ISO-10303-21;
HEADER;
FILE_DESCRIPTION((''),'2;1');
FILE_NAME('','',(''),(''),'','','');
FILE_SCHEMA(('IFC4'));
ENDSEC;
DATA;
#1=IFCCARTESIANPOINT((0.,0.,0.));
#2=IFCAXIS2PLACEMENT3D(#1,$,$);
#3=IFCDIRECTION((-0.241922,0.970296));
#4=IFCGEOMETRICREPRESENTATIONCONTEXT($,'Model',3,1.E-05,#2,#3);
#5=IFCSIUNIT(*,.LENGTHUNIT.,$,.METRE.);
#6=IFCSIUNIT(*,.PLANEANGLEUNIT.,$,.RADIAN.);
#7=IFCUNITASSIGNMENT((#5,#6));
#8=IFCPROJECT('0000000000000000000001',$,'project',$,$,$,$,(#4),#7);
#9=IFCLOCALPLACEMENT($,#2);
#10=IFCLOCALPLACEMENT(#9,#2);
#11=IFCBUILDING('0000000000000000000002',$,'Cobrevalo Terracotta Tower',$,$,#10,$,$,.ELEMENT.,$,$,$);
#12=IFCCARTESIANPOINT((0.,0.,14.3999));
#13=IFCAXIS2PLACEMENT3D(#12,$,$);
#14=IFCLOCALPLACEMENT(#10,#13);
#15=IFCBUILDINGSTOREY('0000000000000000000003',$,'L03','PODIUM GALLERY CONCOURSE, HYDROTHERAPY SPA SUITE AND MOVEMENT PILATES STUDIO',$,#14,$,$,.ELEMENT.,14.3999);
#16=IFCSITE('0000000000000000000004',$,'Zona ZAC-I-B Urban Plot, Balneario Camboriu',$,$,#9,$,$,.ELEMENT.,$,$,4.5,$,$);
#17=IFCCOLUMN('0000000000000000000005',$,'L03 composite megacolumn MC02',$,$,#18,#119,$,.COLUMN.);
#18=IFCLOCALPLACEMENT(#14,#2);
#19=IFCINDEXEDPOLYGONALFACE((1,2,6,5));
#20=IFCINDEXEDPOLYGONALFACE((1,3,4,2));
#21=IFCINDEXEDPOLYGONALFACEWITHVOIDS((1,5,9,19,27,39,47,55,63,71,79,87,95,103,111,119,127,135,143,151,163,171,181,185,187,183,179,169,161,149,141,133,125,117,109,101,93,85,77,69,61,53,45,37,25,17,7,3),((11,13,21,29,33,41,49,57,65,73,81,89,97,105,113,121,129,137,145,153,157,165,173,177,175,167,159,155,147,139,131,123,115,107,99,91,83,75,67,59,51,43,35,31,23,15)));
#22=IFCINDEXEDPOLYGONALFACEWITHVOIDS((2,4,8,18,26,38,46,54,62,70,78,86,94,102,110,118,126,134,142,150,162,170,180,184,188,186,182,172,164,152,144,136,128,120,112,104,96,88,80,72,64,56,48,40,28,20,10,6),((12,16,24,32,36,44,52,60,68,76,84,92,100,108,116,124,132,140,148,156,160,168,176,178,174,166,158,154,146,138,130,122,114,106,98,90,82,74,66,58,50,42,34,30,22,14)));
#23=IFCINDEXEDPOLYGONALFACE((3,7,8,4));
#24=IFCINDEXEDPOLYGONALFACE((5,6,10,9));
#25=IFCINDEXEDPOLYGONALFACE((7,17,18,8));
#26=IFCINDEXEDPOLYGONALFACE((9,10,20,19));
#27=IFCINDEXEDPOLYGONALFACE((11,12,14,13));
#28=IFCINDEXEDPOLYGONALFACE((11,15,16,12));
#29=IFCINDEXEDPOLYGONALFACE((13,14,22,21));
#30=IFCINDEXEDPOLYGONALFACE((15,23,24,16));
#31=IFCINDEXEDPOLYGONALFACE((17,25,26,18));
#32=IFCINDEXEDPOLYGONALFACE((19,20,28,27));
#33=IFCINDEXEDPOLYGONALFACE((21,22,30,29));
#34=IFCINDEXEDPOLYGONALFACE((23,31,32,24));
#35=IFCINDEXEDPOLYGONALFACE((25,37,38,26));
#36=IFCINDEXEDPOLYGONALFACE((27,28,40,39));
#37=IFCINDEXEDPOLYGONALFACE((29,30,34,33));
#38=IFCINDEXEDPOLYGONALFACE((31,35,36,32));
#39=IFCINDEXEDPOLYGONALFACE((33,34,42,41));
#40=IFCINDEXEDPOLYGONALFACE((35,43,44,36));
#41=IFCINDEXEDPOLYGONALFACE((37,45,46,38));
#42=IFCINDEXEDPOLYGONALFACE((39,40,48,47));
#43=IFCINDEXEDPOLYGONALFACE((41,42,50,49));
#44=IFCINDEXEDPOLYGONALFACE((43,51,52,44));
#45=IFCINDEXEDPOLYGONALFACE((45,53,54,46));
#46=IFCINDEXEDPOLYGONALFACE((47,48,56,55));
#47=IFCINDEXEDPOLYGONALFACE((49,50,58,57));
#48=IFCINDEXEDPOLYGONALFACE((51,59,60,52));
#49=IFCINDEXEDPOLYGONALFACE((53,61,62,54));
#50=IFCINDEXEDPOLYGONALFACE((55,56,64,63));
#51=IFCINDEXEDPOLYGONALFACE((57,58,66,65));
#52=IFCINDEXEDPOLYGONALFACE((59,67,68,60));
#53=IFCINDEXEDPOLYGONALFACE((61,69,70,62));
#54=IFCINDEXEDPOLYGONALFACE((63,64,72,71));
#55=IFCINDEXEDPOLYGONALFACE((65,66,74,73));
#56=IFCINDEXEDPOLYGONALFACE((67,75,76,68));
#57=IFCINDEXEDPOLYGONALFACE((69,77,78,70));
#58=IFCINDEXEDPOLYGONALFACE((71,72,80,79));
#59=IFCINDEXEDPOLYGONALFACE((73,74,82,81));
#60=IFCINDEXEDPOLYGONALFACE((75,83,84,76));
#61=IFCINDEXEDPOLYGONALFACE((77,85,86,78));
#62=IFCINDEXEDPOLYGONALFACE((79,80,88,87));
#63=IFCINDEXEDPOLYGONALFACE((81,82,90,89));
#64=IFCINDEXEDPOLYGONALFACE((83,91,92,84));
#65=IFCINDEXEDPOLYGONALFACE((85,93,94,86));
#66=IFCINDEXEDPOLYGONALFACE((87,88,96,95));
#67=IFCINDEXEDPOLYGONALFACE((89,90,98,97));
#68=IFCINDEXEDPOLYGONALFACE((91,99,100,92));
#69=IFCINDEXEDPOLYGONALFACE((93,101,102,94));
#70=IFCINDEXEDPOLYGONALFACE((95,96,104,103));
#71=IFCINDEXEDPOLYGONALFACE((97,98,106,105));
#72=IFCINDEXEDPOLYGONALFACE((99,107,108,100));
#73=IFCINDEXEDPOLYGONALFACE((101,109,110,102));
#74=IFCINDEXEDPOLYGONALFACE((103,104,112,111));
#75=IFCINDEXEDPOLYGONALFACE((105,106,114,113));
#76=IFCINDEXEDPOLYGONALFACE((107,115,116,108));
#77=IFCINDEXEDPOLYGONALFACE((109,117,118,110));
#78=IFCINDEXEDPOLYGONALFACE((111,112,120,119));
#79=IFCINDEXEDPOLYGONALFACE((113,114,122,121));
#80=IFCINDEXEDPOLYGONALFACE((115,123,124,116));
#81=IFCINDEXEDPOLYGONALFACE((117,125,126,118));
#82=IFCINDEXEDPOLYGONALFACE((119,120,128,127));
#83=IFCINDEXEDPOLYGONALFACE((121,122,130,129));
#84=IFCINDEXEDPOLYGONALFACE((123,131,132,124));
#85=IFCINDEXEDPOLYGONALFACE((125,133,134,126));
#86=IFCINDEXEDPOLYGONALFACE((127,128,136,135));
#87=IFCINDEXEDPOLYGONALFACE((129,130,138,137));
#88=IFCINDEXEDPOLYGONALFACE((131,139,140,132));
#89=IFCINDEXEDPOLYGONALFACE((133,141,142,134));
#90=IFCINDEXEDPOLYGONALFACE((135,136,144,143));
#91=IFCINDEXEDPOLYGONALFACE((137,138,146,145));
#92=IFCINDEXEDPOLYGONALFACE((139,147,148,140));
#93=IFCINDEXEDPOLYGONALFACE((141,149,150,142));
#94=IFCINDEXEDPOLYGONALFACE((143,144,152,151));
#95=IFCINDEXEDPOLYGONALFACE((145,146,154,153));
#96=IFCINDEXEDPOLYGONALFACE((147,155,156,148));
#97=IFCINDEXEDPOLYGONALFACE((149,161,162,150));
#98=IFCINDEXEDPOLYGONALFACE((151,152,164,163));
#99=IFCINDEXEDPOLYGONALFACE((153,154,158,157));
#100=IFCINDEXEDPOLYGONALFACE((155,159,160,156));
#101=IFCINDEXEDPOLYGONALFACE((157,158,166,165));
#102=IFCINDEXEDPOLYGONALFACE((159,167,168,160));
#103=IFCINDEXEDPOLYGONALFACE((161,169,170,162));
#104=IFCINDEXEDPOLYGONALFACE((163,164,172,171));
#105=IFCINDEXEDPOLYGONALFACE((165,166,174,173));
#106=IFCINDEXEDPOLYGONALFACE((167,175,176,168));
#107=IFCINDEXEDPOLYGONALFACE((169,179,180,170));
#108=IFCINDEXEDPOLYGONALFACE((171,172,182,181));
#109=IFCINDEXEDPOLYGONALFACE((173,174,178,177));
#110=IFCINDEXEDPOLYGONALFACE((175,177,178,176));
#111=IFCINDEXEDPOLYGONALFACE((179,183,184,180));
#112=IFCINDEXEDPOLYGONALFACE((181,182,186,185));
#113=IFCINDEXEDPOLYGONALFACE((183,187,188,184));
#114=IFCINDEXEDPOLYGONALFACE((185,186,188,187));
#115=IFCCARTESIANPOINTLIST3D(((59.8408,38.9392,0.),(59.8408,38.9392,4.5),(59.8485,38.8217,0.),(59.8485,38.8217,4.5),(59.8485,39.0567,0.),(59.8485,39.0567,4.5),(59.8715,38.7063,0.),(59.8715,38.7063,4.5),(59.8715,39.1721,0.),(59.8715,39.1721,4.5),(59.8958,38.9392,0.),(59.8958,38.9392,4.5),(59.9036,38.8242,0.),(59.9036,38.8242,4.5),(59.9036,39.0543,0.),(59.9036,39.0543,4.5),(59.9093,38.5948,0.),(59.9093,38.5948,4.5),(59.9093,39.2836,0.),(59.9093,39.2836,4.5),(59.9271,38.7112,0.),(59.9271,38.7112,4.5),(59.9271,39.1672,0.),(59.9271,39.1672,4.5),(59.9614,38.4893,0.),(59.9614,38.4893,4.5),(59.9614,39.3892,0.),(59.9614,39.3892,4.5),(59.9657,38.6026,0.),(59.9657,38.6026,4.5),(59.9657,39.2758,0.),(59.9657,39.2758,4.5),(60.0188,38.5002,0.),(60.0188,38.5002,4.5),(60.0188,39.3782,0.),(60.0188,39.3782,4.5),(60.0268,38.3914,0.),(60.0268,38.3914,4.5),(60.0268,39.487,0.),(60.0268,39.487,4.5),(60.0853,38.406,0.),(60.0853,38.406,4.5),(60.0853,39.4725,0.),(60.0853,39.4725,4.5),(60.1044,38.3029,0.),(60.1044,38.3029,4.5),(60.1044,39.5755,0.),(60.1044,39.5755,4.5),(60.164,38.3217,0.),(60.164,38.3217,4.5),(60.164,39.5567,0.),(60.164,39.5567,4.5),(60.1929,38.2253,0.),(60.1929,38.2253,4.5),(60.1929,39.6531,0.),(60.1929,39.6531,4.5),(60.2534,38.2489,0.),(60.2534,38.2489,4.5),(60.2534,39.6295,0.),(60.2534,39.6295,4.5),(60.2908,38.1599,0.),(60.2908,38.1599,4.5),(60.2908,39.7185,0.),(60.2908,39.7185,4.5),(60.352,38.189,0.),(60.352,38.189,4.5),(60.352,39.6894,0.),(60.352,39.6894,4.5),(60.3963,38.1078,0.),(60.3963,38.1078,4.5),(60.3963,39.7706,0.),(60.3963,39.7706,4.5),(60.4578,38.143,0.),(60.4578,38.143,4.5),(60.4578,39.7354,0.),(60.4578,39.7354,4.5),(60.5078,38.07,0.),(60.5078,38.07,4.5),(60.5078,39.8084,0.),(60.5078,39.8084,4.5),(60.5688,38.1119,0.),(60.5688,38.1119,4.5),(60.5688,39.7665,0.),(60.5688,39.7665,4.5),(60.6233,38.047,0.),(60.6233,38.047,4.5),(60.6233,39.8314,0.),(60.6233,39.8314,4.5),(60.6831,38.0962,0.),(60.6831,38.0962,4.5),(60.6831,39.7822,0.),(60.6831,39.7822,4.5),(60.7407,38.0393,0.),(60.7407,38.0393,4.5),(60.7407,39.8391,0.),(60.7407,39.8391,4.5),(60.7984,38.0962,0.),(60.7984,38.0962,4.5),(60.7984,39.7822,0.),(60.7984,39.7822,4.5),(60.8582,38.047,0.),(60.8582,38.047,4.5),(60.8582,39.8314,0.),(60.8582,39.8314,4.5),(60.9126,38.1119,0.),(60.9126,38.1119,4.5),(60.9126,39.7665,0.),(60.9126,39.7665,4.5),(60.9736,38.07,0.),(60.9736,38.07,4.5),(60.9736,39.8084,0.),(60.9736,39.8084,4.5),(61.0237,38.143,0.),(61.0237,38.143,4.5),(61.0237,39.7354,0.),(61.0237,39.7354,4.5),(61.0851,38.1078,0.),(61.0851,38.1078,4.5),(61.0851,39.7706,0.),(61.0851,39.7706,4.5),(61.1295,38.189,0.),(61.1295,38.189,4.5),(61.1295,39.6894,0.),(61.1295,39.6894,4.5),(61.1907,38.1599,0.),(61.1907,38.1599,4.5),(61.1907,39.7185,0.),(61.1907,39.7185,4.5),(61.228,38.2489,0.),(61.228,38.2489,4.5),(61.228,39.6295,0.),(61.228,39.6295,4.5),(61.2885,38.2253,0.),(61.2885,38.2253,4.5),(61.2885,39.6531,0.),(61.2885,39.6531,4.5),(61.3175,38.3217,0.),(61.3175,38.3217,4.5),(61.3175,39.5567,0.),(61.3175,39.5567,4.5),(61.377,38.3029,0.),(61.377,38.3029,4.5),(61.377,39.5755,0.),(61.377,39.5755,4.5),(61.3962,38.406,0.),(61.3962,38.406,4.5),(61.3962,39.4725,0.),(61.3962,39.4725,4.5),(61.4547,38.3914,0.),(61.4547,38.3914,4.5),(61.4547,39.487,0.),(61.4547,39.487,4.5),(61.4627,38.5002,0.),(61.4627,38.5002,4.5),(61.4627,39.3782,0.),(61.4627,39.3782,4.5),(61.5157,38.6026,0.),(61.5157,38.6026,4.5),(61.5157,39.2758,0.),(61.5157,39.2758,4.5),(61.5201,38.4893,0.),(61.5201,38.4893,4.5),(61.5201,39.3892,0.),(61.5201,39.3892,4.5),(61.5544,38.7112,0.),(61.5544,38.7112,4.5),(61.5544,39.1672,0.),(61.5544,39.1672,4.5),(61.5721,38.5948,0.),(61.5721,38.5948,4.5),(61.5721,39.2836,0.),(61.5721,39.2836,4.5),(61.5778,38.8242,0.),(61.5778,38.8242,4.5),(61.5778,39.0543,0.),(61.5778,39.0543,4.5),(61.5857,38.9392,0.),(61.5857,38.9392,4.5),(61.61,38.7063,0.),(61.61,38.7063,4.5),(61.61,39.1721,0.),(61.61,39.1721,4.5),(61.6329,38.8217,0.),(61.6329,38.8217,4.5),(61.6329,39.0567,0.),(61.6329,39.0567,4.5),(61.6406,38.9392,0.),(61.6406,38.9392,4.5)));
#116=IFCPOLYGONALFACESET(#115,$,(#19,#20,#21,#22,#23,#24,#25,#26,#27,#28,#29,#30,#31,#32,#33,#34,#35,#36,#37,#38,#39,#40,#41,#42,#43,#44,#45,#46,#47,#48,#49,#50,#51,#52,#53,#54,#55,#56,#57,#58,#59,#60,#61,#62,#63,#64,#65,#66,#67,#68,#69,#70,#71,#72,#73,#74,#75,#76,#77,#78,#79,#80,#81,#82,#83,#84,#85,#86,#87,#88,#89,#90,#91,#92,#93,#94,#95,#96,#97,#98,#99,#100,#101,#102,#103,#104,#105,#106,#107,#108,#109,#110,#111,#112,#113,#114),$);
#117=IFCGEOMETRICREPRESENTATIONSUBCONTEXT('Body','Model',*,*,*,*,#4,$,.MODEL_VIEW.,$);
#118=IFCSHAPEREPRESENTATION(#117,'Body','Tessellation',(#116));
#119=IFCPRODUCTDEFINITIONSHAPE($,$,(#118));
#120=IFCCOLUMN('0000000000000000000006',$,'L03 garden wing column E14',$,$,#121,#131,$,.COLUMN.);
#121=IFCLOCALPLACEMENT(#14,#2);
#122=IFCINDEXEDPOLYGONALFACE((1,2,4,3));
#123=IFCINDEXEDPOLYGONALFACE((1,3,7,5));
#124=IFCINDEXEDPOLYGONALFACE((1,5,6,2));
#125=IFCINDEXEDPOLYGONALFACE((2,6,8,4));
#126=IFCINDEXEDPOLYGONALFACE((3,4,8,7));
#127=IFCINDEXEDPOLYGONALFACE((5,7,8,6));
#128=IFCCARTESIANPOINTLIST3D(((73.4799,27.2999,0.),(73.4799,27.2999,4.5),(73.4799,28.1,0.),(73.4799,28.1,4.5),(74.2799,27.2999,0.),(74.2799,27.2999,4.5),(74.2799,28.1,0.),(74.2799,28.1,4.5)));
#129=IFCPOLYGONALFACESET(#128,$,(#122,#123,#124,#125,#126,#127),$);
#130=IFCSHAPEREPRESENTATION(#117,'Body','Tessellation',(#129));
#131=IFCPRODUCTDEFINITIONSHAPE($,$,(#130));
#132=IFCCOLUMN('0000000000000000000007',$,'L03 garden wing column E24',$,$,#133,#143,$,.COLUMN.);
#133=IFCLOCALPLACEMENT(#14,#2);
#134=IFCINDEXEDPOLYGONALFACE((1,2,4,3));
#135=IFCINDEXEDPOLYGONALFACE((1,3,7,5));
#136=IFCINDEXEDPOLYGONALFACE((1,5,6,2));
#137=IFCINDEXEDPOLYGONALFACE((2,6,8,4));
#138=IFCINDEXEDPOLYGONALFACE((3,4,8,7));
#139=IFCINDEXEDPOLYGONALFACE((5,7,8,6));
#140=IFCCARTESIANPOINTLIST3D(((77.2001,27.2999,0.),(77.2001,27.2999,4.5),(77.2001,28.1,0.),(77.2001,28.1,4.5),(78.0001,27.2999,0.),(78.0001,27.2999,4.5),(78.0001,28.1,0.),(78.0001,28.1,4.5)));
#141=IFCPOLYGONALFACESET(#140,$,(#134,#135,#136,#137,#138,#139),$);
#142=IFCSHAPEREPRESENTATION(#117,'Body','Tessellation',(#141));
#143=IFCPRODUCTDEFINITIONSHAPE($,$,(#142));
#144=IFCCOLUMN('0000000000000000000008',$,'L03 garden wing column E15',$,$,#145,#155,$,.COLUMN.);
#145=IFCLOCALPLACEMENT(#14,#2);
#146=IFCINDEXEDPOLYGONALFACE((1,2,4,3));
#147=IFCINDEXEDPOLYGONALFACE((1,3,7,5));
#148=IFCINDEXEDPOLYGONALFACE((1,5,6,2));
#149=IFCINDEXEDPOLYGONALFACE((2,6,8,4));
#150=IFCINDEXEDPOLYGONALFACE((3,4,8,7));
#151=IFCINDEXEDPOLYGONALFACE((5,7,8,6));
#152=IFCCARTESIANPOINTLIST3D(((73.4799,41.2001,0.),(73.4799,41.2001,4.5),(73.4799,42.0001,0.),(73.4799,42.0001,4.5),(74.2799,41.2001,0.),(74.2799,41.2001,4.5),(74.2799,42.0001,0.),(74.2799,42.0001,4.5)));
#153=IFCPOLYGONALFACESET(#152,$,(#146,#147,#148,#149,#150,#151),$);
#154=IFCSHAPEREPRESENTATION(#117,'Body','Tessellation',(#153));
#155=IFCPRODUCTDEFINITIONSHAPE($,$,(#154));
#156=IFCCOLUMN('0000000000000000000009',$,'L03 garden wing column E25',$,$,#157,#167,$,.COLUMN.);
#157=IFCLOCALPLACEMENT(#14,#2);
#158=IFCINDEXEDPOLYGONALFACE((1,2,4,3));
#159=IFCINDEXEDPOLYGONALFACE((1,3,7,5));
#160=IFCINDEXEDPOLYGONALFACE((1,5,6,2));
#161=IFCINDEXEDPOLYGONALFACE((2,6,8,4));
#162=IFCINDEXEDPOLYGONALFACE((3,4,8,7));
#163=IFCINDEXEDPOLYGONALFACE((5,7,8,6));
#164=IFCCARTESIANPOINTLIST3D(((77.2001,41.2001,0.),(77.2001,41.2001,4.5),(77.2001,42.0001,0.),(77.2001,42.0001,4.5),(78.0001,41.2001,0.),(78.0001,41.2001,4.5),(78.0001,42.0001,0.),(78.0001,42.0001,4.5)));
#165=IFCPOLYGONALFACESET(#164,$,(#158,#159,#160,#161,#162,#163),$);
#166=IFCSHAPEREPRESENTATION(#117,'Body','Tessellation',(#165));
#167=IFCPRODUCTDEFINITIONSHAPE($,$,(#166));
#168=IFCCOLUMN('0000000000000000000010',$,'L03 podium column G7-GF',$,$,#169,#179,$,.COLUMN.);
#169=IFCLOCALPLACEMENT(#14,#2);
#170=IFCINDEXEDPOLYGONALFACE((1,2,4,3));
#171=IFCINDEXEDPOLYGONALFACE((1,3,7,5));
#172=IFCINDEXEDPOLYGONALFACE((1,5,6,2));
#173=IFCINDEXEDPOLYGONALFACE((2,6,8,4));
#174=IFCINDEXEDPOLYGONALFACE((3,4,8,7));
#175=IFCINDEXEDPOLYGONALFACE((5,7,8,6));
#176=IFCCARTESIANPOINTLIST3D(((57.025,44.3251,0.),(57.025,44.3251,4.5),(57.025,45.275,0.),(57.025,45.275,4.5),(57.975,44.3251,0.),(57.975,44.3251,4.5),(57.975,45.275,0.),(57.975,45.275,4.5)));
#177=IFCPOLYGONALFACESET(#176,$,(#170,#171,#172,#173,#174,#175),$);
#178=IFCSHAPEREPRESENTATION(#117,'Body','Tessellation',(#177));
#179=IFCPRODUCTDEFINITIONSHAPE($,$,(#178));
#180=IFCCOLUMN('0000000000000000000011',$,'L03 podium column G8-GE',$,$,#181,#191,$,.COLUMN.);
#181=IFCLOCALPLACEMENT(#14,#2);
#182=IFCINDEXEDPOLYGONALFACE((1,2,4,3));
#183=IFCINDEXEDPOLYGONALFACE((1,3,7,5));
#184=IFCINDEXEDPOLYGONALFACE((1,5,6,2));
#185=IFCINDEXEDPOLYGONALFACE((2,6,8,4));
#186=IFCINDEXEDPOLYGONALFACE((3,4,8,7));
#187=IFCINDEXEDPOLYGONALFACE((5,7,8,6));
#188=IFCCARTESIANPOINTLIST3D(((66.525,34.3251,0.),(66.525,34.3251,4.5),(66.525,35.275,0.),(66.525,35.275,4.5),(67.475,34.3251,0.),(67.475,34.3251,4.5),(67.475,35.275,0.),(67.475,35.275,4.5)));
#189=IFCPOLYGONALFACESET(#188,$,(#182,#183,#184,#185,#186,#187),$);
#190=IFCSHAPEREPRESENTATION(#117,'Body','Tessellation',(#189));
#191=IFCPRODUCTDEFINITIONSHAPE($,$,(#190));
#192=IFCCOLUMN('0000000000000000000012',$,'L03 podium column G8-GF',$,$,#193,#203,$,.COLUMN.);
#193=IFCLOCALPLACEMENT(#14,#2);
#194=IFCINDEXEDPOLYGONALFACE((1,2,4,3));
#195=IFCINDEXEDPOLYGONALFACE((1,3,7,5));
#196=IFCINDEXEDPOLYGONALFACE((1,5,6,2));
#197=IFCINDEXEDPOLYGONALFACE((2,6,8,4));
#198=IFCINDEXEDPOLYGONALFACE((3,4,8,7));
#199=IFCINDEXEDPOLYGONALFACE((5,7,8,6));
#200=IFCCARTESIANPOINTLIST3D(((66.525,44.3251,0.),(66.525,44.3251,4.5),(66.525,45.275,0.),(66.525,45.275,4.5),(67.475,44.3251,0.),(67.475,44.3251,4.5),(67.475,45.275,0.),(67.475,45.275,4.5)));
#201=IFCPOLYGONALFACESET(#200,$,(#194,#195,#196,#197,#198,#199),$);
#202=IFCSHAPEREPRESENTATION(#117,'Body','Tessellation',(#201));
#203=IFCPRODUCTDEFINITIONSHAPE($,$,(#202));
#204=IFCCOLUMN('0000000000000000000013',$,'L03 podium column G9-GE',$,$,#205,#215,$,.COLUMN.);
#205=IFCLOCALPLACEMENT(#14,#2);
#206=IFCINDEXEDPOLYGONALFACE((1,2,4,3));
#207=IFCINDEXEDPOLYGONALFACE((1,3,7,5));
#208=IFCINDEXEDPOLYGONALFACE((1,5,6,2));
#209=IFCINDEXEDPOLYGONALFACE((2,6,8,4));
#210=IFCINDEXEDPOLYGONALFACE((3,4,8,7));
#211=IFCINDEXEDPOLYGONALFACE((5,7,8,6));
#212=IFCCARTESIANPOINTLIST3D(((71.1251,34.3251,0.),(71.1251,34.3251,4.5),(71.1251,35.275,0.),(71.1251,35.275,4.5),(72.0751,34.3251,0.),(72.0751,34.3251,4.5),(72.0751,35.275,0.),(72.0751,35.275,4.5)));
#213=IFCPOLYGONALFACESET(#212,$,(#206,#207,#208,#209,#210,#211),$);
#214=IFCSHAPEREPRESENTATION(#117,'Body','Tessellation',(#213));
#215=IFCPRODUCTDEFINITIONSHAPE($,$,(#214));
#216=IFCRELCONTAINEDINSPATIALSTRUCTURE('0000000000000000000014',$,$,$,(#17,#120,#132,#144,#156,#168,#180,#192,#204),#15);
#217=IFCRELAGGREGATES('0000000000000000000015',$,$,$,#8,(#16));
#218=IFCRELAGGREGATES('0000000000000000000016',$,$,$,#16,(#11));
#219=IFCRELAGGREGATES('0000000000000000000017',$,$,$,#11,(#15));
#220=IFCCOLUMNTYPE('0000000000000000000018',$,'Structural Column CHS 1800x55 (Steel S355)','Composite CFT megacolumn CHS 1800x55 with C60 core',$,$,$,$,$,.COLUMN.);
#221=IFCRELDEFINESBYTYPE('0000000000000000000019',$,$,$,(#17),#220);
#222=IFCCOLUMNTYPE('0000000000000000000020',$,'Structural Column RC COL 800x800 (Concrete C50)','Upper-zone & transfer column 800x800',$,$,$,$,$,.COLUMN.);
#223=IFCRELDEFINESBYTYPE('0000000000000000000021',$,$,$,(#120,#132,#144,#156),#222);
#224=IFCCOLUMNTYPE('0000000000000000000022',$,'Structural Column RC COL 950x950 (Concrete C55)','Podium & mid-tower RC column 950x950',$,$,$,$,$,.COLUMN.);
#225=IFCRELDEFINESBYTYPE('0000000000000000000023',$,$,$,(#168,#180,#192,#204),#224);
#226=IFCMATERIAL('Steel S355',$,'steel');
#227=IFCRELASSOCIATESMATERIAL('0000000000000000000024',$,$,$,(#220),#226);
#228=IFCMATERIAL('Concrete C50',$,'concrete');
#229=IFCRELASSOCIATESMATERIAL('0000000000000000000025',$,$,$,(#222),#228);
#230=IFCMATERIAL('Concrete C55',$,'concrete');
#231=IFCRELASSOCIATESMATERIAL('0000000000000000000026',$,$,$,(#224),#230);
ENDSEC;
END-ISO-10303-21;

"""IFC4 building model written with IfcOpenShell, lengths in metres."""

from ifc_helpers import new_model, si_unit, direction, frame, origin, origin_2d, place, context, subcontext, project, spatial, rectangle, hollow_circle, extrude, material, material_profile, profile_set, type_object, element, save


model = new_model("IFC4")

# Units and contexts
model_context = context("Model", 3, precision=1e-05, world=origin(), true_north=direction((-0.241922, 0.970296)))
body_context = subcontext(model_context, "Body", "Model", "MODEL_VIEW")
ifc_project = project(units=[si_unit("LENGTHUNIT", "METRE"), si_unit("PLANEANGLEUNIT", "RADIAN")], contexts=[model_context])

# Site, building, storey
site_placement = place(None, origin())
site = spatial("IfcSite", under=ifc_project, at=site_placement, Name="Zona ZAC-I-B Urban Plot, Balneario Camboriu", CompositionType="ELEMENT", RefElevation=4.5)
building_placement = place(site_placement, origin())
building = spatial("IfcBuilding", under=site, at=building_placement, Name="Cobrevalo Terracotta Tower", CompositionType="ELEMENT")
storey_placement = place(building_placement, frame((0.0, 0.0, 14.3999)))
storey = spatial("IfcBuildingStorey", under=building, at=storey_placement, Name="L03", Description="PODIUM GALLERY CONCOURSE, HYDROTHERAPY SPA SUITE AND MOVEMENT PILATES STUDIO", CompositionType="ELEMENT", Elevation=14.3999)

# Columns
ifc_material_1 = material(Name="Steel S355", Category="steel")
ifc_material_profile_1 = material_profile(ifc_material_1, hollow_circle(Radius=0.8999, WallThickness=0.0549, at=origin_2d()), Name="CHS 1800x55")
ifc_profile_set_1 = profile_set([ifc_material_profile_1], Name="Steel S355")
column_type_1 = type_object("IfcColumnType", Name="Structural Column CHS 1800x55 (Steel S355)", Description="Composite CFT megacolumn CHS 1800x55 with C60 core", PredefinedType="COLUMN", material=ifc_profile_set_1)
for number, where, z_axis, x_axis, name in (
    (1, (60.7407, 38.9392, 0.0), (0.0, 0.0, 1.0), (1.0, 0.0, 0.0), "L03 composite megacolumn MC02"),
):
    element("IfcColumn", number, at=place(storey_placement, frame(where, z_axis=z_axis, x_axis=x_axis)), inside=storey, type_object=column_type_1, Name=name, PredefinedType="COLUMN", context=body_context, shape_type="SweptSolid", body=[
        extrude(hollow_circle(Radius=0.8999, WallThickness=0.0549, at=origin_2d()), origin(), (0.0, 0.0, 1.0), 4.5),
    ])
ifc_material_2 = material(Name="Concrete C50", Category="concrete")
ifc_material_profile_2 = material_profile(ifc_material_2, rectangle(XDim=0.8, YDim=0.8, at=origin_2d()), Name="RC COL 800x800")
ifc_profile_set_2 = profile_set([ifc_material_profile_2], Name="Concrete C50")
column_type_2 = type_object("IfcColumnType", Name="Structural Column RC COL 800x800 (Concrete C50)", Description="Upper-zone & transfer column 800x800", PredefinedType="COLUMN", material=ifc_profile_set_2)
for number, where, z_axis, x_axis, name in (
    (2, (73.8799, 27.7, 0.0), (0.0, 0.0, 1.0), (1.0, 0.0, 0.0), "L03 garden wing column E14"),
    (3, (77.6001, 27.7, 0.0), (0.0, 0.0, 1.0), (1.0, 0.0, 0.0), "L03 garden wing column E24"),
    (4, (73.8799, 41.6001, 0.0), (0.0, 0.0, 1.0), (1.0, 0.0, 0.0), "L03 garden wing column E15"),
    (5, (77.6001, 41.6001, 0.0), (0.0, 0.0, 1.0), (1.0, 0.0, 0.0), "L03 garden wing column E25"),
):
    element("IfcColumn", number, at=place(storey_placement, frame(where, z_axis=z_axis, x_axis=x_axis)), inside=storey, type_object=column_type_2, Name=name, PredefinedType="COLUMN", context=body_context, shape_type="SweptSolid", body=[
        extrude(rectangle(XDim=0.8, YDim=0.8, at=origin_2d()), origin(), (0.0, 0.0, 1.0), 4.5),
    ])
ifc_material_3 = material(Name="Concrete C55", Category="concrete")
ifc_material_profile_3 = material_profile(ifc_material_3, rectangle(XDim=0.95, YDim=0.95, at=origin_2d()), Name="RC COL 950x950")
ifc_profile_set_3 = profile_set([ifc_material_profile_3], Name="Concrete C55")
column_type_3 = type_object("IfcColumnType", Name="Structural Column RC COL 950x950 (Concrete C55)", Description="Podium & mid-tower RC column 950x950", PredefinedType="COLUMN", material=ifc_profile_set_3)
for number, where, z_axis, x_axis, name in (
    (6, (57.5, 44.8, 0.0), (0.0, 0.0, 1.0), (1.0, 0.0, 0.0), "L03 podium column G7-GF"),
    (7, (67.0, 34.8, 0.0), (0.0, 0.0, 1.0), (1.0, 0.0, 0.0), "L03 podium column G8-GE"),
    (8, (67.0, 44.8, 0.0), (0.0, 0.0, 1.0), (1.0, 0.0, 0.0), "L03 podium column G8-GF"),
    (9, (71.6001, 34.8, 0.0), (0.0, 0.0, 1.0), (1.0, 0.0, 0.0), "L03 podium column G9-GE"),
):
    element("IfcColumn", number, at=place(storey_placement, frame(where, z_axis=z_axis, x_axis=x_axis)), inside=storey, type_object=column_type_3, Name=name, PredefinedType="COLUMN", context=body_context, shape_type="SweptSolid", body=[
        extrude(rectangle(XDim=0.95, YDim=0.95, at=origin_2d()), origin(), (0.0, 0.0, 1.0), 4.5),
    ])

save(model, "model.ifc")
